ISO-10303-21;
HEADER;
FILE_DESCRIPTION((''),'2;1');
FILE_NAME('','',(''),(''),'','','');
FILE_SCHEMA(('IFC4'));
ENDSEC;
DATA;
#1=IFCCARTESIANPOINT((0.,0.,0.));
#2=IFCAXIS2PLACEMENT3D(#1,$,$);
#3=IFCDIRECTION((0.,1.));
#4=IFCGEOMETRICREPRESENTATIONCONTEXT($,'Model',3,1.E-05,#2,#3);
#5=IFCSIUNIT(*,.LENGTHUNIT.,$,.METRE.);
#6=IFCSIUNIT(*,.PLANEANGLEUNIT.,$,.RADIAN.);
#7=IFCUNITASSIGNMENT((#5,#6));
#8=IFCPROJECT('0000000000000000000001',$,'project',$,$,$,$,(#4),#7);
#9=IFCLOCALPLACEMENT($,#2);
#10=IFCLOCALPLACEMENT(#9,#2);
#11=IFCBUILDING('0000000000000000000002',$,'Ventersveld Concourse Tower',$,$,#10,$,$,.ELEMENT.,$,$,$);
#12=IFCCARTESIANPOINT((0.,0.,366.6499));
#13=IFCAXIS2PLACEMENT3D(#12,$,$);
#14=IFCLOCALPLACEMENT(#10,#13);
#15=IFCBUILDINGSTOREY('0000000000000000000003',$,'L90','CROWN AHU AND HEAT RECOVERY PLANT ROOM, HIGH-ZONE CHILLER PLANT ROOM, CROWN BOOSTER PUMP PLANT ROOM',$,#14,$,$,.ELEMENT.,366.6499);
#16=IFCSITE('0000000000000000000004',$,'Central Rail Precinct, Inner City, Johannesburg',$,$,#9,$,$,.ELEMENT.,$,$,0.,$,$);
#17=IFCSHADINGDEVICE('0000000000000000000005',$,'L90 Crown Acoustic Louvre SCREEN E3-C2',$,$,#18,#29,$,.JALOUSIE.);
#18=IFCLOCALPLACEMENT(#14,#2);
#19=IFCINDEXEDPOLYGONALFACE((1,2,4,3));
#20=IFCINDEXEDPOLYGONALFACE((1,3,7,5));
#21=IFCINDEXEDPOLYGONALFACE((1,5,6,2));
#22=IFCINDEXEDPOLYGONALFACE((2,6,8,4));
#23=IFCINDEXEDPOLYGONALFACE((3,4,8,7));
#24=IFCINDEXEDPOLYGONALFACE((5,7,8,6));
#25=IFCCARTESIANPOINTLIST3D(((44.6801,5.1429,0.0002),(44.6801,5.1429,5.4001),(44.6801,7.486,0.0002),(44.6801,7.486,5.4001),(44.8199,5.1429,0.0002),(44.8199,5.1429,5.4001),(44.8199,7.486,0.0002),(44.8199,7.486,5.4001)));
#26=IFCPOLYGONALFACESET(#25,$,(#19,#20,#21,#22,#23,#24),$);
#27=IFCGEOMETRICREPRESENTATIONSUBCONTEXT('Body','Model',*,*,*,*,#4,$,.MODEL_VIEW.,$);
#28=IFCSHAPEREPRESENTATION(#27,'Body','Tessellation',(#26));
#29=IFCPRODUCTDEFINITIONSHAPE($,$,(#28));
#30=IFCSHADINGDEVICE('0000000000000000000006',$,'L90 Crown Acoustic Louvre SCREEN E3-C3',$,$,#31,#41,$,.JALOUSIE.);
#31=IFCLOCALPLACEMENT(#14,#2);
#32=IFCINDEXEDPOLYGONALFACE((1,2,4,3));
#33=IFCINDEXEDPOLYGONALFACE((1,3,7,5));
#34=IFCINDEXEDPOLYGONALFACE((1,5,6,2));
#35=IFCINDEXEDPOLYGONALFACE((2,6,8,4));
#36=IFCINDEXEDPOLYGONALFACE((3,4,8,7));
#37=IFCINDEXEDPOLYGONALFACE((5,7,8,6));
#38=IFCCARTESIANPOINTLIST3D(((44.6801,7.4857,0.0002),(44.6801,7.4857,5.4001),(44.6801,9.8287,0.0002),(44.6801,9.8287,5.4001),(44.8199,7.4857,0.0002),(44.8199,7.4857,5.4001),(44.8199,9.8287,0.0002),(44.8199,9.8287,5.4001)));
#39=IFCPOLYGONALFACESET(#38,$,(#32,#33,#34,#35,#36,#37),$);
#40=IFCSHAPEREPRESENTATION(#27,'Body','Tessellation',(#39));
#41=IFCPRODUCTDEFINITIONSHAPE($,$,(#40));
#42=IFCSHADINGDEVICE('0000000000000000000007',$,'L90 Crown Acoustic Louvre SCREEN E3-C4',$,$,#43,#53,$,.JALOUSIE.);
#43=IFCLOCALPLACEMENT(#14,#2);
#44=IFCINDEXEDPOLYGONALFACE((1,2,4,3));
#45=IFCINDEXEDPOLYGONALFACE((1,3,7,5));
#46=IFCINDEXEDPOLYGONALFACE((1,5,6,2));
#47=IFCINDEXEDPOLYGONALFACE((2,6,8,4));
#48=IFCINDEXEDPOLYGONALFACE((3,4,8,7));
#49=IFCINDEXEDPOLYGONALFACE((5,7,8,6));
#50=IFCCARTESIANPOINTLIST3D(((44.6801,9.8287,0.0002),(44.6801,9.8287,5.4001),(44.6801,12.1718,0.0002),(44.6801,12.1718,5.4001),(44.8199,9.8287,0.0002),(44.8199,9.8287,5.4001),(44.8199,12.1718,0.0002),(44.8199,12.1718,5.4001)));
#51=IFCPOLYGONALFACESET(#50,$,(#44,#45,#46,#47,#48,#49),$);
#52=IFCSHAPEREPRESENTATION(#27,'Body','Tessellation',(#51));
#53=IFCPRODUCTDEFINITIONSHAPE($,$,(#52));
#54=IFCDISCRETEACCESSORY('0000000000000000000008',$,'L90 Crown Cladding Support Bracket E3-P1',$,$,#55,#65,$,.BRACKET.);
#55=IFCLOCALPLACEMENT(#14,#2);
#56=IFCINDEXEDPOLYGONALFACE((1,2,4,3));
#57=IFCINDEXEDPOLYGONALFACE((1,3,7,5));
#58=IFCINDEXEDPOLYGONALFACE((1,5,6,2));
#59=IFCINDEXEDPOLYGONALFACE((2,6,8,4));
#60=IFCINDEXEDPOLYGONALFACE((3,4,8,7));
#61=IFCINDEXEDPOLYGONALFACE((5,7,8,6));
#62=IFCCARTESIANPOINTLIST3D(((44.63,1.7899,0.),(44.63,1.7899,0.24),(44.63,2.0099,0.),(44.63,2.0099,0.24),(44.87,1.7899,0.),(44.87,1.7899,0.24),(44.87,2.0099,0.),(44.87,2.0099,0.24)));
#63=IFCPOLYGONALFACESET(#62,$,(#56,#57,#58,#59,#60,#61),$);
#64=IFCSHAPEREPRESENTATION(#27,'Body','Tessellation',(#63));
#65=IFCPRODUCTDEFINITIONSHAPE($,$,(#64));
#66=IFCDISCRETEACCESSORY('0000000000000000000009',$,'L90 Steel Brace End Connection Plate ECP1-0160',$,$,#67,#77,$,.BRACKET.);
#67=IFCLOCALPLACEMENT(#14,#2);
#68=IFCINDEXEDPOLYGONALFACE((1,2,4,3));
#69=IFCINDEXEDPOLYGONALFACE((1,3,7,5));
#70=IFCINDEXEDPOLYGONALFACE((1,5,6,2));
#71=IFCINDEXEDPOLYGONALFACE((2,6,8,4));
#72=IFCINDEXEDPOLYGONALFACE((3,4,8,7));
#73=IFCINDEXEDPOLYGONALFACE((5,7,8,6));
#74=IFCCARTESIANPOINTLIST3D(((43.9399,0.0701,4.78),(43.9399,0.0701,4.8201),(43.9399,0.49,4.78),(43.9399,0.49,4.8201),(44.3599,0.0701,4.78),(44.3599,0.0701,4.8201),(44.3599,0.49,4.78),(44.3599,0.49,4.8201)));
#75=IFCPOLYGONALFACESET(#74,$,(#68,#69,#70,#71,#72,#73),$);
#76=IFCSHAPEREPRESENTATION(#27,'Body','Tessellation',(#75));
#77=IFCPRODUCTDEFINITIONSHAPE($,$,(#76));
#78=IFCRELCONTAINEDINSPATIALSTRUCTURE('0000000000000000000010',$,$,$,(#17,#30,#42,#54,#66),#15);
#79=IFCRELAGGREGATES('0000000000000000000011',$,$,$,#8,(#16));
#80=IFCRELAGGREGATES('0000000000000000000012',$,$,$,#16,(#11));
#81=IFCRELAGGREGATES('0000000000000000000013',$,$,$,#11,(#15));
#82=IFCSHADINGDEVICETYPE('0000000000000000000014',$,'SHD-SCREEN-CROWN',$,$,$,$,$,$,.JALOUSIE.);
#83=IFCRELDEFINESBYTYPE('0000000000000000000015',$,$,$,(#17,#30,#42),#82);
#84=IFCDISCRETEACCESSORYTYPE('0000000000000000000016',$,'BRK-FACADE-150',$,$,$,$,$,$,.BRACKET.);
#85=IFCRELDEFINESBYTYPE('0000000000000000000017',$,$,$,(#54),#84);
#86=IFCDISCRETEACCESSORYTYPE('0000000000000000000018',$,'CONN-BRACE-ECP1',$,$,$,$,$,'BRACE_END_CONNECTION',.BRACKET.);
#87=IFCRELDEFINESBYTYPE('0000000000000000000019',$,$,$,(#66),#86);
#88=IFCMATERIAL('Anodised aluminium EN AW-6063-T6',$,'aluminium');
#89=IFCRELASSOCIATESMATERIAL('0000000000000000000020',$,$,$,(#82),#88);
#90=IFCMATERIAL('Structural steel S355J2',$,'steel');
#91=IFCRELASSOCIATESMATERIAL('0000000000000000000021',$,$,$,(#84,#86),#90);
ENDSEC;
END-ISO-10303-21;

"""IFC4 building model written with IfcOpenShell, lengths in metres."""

from ifc_helpers import new_model, si_unit, direction, frame, origin, origin_2d, place, context, subcontext, project, spatial, rectangle, extrude, material, type_object, element, save


model = new_model("IFC4")

# Units and contexts
model_context = context("Model", 3, precision=1e-05, world=origin(), true_north=direction((0.0, 1.0)))
body_context = subcontext(model_context, "Body", "Model", "MODEL_VIEW")
ifc_project = project(units=[si_unit("LENGTHUNIT", "METRE"), si_unit("PLANEANGLEUNIT", "RADIAN")], contexts=[model_context])

# Site, building, storey
site_placement = place(None, origin())
site = spatial("IfcSite", under=ifc_project, at=site_placement, Name="Central Rail Precinct, Inner City, Johannesburg", CompositionType="ELEMENT", RefElevation=0.0)
building_placement = place(site_placement, origin())
building = spatial("IfcBuilding", under=site, at=building_placement, Name="Ventersveld Concourse Tower", CompositionType="ELEMENT")
storey_placement = place(building_placement, frame((0.0, 0.0, 366.6499)))
storey = spatial("IfcBuildingStorey", under=building, at=storey_placement, Name="L90", Description="CROWN AHU AND HEAT RECOVERY PLANT ROOM, HIGH-ZONE CHILLER PLANT ROOM, CROWN BOOSTER PUMP PLANT ROOM", CompositionType="ELEMENT", Elevation=366.6499)

# Shading devices
ifc_material_1 = material(Name="Anodised aluminium EN AW-6063-T6", Category="aluminium")
shading_device_type = type_object("IfcShadingDeviceType", Name="SHD-SCREEN-CROWN", PredefinedType="JALOUSIE", material=ifc_material_1)
for number, where, z_axis, x_axis, name in (
    (1, (44.75, 6.3145, 0.0002), (0.0, 0.0, 1.0), (0.0, 1.0, 0.0), "L90 Crown Acoustic Louvre SCREEN E3-C2"),
    (2, (44.75, 8.6572, 0.0002), (0.0, 0.0, 1.0), (0.0, 1.0, 0.0), "L90 Crown Acoustic Louvre SCREEN E3-C3"),
    (3, (44.75, 11.0002, 0.0002), (0.0, 0.0, 1.0), (0.0, 1.0, 0.0), "L90 Crown Acoustic Louvre SCREEN E3-C4"),
):
    element("IfcShadingDevice", number, at=place(storey_placement, frame(where, z_axis=z_axis, x_axis=x_axis)), inside=storey, type_object=shading_device_type, Name=name, PredefinedType="JALOUSIE", context=body_context, shape_type="SweptSolid", body=[
        extrude(rectangle(XDim=2.343, YDim=0.1399, at=origin_2d()), origin(), (0.0, 0.0, 1.0), 5.3999),
    ])

# Discrete accessories
ifc_material_2 = material(Name="Structural steel S355J2", Category="steel")
discrete_accessory_type_1 = type_object("IfcDiscreteAccessoryType", Name="BRK-FACADE-150", PredefinedType="BRACKET", material=ifc_material_2)
discrete_accessory_1_placement = place(storey_placement, frame((44.75, 1.8999, 0.0), z_axis=(0.0, 0.0, 1.0), x_axis=(0.0, 1.0, 0.0)))
element("IfcDiscreteAccessory", 4, at=discrete_accessory_1_placement, inside=storey, type_object=discrete_accessory_type_1, Name="L90 Crown Cladding Support Bracket E3-P1", PredefinedType="BRACKET", context=body_context, shape_type="SweptSolid", body=[
    extrude(rectangle(XDim=0.22, YDim=0.24, at=origin_2d()), origin(), (0.0, 0.0, 1.0), 0.24),
])
discrete_accessory_type_2 = type_object("IfcDiscreteAccessoryType", Name="CONN-BRACE-ECP1", ElementType="BRACE_END_CONNECTION", PredefinedType="BRACKET", material=ifc_material_2)
discrete_accessory_2_placement = place(storey_placement, frame((44.1499, 0.28, 4.78), z_axis=(0.0, 0.0, 1.0), x_axis=(1.0, 0.0, 0.0)))
element("IfcDiscreteAccessory", 5, at=discrete_accessory_2_placement, inside=storey, type_object=discrete_accessory_type_2, Name="L90 Steel Brace End Connection Plate ECP1-0160", PredefinedType="BRACKET", context=body_context, shape_type="SweptSolid", body=[
    extrude(rectangle(XDim=0.4199, YDim=0.4199, at=origin_2d()), origin(), (0.0, 0.0, 1.0), 0.04),
])

save(model, "model.ifc")
